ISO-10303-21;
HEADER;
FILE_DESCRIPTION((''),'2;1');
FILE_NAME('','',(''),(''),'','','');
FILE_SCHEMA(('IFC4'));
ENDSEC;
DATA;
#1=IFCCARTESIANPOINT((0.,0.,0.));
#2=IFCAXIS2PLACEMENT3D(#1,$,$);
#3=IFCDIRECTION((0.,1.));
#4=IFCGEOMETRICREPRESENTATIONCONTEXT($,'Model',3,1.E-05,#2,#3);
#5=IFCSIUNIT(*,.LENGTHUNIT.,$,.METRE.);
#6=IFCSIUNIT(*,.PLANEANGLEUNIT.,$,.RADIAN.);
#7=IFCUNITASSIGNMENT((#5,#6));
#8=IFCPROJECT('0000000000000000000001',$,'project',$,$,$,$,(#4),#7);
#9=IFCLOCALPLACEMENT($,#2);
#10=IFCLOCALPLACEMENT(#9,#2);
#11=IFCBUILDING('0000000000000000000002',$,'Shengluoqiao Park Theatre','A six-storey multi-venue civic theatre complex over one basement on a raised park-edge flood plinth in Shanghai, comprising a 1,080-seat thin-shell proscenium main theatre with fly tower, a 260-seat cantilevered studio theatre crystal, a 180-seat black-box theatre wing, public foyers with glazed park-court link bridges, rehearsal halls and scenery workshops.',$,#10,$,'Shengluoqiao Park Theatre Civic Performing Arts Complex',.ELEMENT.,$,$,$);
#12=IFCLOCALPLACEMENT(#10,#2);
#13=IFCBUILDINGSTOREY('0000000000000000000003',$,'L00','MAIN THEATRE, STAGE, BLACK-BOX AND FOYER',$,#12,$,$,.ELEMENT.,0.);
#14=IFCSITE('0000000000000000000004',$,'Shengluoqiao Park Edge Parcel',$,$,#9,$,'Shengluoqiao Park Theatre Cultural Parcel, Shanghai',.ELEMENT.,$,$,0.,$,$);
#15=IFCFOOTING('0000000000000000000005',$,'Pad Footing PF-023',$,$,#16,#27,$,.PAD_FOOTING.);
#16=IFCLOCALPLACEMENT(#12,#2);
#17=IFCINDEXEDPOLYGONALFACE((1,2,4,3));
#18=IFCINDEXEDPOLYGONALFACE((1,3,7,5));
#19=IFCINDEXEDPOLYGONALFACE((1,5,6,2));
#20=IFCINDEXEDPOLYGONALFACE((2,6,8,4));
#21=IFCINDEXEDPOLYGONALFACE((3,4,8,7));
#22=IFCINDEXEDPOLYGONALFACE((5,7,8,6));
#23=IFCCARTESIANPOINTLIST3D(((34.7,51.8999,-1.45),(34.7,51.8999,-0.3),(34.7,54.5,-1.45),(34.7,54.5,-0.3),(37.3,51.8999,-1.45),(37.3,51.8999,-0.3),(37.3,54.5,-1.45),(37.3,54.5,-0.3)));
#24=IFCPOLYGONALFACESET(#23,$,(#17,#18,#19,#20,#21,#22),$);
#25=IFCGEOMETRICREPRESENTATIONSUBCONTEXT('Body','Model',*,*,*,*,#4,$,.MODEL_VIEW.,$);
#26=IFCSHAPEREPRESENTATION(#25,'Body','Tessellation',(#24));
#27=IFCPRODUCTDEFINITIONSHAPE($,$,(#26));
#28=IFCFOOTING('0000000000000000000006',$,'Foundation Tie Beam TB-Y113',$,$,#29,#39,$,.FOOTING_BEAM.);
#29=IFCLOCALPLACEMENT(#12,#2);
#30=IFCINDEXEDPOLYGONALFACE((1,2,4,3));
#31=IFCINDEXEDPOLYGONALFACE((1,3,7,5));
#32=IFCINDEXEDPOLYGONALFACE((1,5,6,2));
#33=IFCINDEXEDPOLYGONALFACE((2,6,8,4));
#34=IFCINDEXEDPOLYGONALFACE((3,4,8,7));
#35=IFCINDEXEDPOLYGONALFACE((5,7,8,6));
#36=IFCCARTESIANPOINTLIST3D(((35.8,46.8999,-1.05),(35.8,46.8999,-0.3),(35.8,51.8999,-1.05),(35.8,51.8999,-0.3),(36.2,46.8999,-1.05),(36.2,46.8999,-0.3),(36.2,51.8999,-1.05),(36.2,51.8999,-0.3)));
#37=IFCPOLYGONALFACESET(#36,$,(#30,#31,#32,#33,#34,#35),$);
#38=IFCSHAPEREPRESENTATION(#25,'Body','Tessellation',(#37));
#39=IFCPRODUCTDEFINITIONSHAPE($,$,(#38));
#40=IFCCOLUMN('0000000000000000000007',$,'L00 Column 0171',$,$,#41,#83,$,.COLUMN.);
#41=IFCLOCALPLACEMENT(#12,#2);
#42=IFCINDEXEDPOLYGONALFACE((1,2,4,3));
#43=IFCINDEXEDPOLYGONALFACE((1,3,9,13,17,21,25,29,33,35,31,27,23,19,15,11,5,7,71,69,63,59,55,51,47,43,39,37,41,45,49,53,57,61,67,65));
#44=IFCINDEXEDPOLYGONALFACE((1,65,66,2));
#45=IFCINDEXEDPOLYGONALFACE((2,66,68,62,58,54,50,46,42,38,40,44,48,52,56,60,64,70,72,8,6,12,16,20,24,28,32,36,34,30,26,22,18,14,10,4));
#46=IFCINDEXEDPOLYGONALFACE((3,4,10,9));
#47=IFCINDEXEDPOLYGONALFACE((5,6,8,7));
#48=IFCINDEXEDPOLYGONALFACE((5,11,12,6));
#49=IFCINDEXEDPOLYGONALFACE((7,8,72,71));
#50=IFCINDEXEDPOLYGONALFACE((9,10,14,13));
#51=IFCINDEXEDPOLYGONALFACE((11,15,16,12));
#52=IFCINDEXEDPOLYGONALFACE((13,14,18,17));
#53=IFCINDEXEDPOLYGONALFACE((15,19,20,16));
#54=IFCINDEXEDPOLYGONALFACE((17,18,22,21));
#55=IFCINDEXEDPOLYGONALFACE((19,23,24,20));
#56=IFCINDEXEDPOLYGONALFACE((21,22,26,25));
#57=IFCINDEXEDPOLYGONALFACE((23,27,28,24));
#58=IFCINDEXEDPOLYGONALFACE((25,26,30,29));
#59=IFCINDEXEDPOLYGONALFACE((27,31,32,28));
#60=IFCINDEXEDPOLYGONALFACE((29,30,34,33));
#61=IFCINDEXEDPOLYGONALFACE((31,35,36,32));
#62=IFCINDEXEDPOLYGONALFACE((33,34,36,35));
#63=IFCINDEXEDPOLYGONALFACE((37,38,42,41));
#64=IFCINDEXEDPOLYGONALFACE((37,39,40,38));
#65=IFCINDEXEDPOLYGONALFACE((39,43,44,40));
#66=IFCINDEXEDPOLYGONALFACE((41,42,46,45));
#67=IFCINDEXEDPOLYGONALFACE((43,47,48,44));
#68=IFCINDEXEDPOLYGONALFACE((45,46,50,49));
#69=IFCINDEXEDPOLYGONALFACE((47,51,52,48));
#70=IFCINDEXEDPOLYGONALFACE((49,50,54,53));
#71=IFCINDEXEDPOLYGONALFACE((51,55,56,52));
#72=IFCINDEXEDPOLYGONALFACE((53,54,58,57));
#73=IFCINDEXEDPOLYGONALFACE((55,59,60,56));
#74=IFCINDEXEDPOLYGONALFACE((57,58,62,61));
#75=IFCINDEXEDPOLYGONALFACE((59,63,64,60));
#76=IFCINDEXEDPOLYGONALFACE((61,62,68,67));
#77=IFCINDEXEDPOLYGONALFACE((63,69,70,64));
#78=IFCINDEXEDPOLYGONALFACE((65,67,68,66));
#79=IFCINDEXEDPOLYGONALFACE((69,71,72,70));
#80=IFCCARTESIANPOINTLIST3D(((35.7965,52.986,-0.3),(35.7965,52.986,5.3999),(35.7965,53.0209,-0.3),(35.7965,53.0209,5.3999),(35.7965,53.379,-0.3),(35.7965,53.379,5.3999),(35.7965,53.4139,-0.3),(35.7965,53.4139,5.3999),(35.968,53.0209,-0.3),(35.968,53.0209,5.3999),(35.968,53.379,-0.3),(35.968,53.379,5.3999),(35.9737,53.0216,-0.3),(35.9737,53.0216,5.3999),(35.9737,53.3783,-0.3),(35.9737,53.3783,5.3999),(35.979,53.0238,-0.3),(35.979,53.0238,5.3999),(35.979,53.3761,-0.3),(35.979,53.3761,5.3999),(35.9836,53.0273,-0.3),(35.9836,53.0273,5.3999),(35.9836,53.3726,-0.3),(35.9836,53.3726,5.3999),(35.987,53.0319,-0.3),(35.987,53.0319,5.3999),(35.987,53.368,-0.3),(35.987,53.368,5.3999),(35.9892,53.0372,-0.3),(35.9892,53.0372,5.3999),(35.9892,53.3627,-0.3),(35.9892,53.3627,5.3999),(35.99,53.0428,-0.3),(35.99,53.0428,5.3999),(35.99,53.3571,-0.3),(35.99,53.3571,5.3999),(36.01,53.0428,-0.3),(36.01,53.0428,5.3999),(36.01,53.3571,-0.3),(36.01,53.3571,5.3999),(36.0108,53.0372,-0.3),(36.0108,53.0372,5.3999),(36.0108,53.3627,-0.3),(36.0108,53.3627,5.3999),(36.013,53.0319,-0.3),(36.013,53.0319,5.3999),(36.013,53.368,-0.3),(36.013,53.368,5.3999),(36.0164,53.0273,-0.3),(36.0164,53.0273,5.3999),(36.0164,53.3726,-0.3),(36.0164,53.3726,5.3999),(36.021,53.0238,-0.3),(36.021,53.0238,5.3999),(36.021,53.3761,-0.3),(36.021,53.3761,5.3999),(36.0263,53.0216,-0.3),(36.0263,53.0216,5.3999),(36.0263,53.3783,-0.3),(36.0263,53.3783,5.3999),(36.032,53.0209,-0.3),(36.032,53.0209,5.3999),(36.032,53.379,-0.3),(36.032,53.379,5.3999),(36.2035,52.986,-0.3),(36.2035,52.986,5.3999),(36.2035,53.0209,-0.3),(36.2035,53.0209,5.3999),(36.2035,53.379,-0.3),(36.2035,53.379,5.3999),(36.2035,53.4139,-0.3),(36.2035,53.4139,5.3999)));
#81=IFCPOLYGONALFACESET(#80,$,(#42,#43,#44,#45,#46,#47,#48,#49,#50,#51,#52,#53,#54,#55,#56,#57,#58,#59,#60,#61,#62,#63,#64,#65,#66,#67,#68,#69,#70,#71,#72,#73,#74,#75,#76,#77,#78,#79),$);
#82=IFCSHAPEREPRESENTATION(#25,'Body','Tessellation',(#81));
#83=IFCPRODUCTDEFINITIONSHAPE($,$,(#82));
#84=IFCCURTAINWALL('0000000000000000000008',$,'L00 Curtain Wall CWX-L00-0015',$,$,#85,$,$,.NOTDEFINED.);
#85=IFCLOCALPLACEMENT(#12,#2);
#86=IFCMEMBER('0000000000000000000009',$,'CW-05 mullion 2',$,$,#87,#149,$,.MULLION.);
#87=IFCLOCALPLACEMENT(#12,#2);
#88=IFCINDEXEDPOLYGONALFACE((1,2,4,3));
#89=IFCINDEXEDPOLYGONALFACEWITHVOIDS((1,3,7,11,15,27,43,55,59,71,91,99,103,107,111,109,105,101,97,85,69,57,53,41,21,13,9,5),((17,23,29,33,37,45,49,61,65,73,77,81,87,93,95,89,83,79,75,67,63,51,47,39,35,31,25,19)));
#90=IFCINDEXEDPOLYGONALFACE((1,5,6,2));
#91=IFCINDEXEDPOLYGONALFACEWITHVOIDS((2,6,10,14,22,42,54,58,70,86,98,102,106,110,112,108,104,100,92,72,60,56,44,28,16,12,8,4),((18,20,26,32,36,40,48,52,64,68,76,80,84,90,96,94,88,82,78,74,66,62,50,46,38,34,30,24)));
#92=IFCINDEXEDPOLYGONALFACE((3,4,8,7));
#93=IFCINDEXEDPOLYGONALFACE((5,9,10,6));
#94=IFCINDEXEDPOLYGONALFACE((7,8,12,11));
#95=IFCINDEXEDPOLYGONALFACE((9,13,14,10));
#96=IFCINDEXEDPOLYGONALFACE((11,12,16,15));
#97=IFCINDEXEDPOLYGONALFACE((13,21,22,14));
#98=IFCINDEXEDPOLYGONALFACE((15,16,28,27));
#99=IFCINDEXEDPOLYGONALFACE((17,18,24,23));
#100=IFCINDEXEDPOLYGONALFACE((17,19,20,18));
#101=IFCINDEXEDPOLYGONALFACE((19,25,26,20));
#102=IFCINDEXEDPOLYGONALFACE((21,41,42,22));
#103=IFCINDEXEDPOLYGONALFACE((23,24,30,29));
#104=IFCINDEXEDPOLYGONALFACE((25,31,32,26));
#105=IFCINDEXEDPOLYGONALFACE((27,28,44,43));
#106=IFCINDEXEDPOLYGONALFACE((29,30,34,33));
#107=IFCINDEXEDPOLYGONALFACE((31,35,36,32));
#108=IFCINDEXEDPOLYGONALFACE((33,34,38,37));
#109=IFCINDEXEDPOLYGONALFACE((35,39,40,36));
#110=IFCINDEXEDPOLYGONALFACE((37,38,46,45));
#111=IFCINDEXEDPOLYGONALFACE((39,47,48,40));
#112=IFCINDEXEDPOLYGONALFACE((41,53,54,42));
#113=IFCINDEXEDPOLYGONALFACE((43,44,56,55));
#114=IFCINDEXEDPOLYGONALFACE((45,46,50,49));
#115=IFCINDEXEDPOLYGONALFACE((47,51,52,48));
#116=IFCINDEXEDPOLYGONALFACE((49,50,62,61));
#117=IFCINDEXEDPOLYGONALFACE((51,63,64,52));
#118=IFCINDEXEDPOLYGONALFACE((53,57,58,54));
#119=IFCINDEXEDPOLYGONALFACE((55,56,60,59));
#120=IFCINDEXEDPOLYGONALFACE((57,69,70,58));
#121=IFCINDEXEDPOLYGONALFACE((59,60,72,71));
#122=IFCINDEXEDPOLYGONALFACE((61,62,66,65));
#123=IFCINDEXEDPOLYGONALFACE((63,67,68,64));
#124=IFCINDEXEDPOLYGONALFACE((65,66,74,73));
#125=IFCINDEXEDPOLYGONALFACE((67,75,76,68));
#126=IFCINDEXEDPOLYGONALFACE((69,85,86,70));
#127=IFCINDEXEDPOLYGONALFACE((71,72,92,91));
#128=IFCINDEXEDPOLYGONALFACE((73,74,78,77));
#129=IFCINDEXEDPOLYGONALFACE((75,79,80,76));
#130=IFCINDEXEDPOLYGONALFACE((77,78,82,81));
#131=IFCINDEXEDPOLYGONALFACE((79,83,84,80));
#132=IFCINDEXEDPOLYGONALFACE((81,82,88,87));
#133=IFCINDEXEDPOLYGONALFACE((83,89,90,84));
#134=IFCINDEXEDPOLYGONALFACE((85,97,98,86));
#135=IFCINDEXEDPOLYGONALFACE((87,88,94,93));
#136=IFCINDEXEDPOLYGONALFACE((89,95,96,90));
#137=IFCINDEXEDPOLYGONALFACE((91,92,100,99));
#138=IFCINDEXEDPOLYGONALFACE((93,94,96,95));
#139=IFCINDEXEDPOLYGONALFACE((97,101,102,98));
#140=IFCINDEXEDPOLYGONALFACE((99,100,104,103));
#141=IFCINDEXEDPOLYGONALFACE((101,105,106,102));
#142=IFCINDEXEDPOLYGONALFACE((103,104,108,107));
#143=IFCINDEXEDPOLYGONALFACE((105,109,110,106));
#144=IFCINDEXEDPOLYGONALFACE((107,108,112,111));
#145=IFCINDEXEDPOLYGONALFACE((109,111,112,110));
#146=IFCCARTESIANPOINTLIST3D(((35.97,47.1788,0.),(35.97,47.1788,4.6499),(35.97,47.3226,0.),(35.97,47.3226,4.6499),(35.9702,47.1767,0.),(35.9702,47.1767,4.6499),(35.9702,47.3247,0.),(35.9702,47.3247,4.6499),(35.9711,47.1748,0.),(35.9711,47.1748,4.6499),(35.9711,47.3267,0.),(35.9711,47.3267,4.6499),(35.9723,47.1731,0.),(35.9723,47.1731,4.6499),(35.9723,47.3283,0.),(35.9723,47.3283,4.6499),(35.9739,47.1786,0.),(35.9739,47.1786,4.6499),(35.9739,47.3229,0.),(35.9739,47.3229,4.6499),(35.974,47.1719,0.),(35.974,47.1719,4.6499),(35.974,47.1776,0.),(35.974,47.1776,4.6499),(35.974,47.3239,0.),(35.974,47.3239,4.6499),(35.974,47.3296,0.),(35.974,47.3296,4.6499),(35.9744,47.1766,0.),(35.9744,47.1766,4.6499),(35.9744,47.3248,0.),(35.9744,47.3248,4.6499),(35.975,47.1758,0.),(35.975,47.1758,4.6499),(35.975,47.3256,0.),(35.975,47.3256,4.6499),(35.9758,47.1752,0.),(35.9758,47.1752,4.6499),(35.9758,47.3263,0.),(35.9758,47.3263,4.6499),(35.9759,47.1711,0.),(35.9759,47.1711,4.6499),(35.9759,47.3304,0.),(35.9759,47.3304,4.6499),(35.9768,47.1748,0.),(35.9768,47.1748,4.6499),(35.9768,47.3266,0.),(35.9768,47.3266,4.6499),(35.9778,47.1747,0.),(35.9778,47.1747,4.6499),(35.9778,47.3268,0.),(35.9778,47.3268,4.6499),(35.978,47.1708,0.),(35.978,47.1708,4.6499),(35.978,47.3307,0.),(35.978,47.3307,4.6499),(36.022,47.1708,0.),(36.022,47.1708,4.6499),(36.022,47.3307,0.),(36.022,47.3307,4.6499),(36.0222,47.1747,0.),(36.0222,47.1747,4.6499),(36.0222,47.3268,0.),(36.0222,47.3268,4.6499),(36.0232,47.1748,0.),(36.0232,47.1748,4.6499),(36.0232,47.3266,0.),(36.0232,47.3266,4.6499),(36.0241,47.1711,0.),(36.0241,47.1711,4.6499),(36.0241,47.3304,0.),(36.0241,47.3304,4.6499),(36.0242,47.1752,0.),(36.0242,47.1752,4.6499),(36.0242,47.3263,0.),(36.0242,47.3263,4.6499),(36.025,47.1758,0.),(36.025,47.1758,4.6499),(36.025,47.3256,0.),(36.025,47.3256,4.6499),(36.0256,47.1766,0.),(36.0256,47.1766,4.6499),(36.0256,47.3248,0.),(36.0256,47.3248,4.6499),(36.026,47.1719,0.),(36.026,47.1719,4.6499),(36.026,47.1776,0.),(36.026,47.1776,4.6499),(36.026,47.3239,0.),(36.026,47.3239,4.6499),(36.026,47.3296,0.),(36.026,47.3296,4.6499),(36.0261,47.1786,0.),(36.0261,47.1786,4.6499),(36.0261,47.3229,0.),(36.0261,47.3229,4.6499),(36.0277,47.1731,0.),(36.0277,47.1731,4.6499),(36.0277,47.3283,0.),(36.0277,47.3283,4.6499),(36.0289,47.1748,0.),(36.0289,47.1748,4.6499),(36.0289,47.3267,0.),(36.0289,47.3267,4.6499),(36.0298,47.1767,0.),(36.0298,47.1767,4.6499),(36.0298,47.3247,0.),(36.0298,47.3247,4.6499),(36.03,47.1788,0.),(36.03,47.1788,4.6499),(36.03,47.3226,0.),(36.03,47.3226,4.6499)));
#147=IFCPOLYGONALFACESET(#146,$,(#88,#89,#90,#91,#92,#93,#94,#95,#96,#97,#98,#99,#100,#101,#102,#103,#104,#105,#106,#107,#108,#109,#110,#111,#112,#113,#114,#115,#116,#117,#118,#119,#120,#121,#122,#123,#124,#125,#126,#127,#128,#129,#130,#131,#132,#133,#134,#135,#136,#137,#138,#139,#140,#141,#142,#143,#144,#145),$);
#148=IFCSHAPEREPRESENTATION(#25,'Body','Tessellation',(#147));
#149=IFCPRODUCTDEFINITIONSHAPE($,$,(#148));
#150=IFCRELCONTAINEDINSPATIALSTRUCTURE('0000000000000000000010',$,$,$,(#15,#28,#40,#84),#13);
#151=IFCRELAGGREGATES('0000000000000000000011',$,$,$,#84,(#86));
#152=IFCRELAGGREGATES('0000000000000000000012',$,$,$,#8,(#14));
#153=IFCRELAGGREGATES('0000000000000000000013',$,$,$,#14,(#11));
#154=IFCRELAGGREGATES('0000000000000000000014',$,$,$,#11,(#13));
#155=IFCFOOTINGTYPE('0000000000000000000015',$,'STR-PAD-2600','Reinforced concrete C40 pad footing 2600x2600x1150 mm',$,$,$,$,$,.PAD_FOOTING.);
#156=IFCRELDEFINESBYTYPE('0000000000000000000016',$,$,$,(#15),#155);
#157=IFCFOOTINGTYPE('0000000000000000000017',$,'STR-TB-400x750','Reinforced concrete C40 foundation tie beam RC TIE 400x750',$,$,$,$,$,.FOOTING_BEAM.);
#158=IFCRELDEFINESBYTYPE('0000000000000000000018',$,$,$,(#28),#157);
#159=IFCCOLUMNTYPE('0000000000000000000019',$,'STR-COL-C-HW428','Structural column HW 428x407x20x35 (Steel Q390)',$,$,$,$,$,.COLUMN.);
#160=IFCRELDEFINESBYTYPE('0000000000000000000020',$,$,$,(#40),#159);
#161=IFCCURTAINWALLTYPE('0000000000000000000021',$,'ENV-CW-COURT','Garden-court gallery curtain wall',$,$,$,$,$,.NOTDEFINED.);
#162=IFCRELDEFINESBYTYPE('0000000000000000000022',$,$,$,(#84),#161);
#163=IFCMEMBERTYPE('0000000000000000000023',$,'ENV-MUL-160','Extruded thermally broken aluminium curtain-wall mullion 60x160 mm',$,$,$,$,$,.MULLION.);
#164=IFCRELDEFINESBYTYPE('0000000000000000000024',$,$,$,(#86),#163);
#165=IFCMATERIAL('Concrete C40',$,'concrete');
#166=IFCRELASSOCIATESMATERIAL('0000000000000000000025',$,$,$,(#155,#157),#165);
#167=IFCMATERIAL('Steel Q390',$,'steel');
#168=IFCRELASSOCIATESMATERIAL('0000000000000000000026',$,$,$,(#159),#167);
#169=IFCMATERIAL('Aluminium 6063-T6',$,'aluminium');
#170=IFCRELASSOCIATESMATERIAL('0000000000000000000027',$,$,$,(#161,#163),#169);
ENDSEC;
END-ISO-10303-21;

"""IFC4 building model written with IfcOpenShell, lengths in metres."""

from ifc_helpers import new_model, si_unit, direction, frame, origin, origin_2d, place, context, subcontext, project, spatial, rectangle, hollow_rectangle, i_section, extrude, material, material_profile, profile_set, type_object, element, aggregate, save


model = new_model("IFC4")

# Units and contexts
model_context = context("Model", 3, precision=1e-05, world=origin(), true_north=direction((0.0, 1.0)))
body_context = subcontext(model_context, "Body", "Model", "MODEL_VIEW")
ifc_project = project(units=[si_unit("LENGTHUNIT", "METRE"), si_unit("PLANEANGLEUNIT", "RADIAN")], contexts=[model_context])

# Site, building, storey
site_placement = place(None, origin())
site = spatial("IfcSite", under=ifc_project, at=site_placement, Name="Shengluoqiao Park Edge Parcel", LongName="Shengluoqiao Park Theatre Cultural Parcel, Shanghai", CompositionType="ELEMENT", RefElevation=0.0)
building_placement = place(site_placement, origin())
building = spatial("IfcBuilding", under=site, at=building_placement, Name="Shengluoqiao Park Theatre", Description="A six-storey multi-venue civic theatre complex over one basement on a raised park-edge flood plinth in Shanghai, comprising a 1,080-seat thin-shell proscenium main theatre with fly tower, a 260-seat cantilevered studio theatre crystal, a 180-seat black-box theatre wing, public foyers with glazed park-court link bridges, rehearsal halls and scenery workshops.", LongName="Shengluoqiao Park Theatre Civic Performing Arts Complex", CompositionType="ELEMENT")
storey_placement = place(building_placement, origin())
storey = spatial("IfcBuildingStorey", under=building, at=storey_placement, Name="L00", Description="MAIN THEATRE, STAGE, BLACK-BOX AND FOYER", CompositionType="ELEMENT", Elevation=0.0)

# Footings
ifc_material_1 = material(Name="Concrete C40", Category="concrete")
footing_type_1 = type_object("IfcFootingType", Name="STR-PAD-2600", Description="Reinforced concrete C40 pad footing 2600x2600x1150 mm", PredefinedType="PAD_FOOTING", material=ifc_material_1)
footing_1_placement = place(storey_placement, frame((36.0, 53.2, -1.45), z_axis=(0.0, 0.0, 1.0), x_axis=(1.0, 0.0, 0.0)))
element("IfcFooting", 1, at=footing_1_placement, inside=storey, type_object=footing_type_1, Name="Pad Footing PF-023", PredefinedType="PAD_FOOTING", context=body_context, shape_type="SweptSolid", body=[
    extrude(rectangle(XDim=2.6001, YDim=2.6001, at=origin_2d()), origin(), (0.0, 0.0, 1.0), 1.1499),
])
ifc_material_profile_1 = material_profile(ifc_material_1, rectangle(XDim=0.3999, YDim=0.75, at=origin_2d()), Name="RC TIE 400x750")
ifc_profile_set_1 = profile_set([ifc_material_profile_1], Name="Concrete C40")
footing_type_2 = type_object("IfcFootingType", Name="STR-TB-400x750", Description="Reinforced concrete C40 foundation tie beam RC TIE 400x750", PredefinedType="FOOTING_BEAM", material=ifc_profile_set_1)
footing_2_placement = place(storey_placement, frame((36.0, 46.8999, -0.675), z_axis=(0.0, 1.0, 0.0), x_axis=(-1.0, 0.0, 0.0)))
element("IfcFooting", 2, at=footing_2_placement, inside=storey, type_object=footing_type_2, Name="Foundation Tie Beam TB-Y113", PredefinedType="FOOTING_BEAM", context=body_context, shape_type="SweptSolid", body=[
    extrude(rectangle(XDim=0.3999, YDim=0.75, at=origin_2d()), origin(), (0.0, 0.0, 1.0), 5.0),
])

# Column
ifc_material_2 = material(Name="Steel Q390", Category="steel")
ifc_material_profile_2 = material_profile(ifc_material_2, i_section(OverallWidth=0.407, OverallDepth=0.428, WebThickness=0.02, FlangeThickness=0.0349, FilletRadius=0.022, at=origin_2d()), Name="HW 428x407x20x35")
ifc_profile_set_2 = profile_set([ifc_material_profile_2], Name="Steel Q390")
column_type = type_object("IfcColumnType", Name="STR-COL-C-HW428", Description="Structural column HW 428x407x20x35 (Steel Q390)", PredefinedType="COLUMN", material=ifc_profile_set_2)
column_placement = place(storey_placement, frame((36.0, 53.2, -0.3), z_axis=(0.0, 0.0, 1.0), x_axis=(1.0, 0.0, 0.0)))
element("IfcColumn", 3, at=column_placement, inside=storey, type_object=column_type, Name="L00 Column 0171", PredefinedType="COLUMN", context=body_context, shape_type="SweptSolid", body=[
    extrude(i_section(OverallWidth=0.407, OverallDepth=0.428, WebThickness=0.02, FlangeThickness=0.0349, FilletRadius=0.022, at=origin_2d()), origin(), (0.0, 0.0, 1.0), 5.7),
])

# Curtain wall, member
ifc_material_3 = material(Name="Aluminium 6063-T6", Category="aluminium")
curtain_wall_type_1 = type_object("IfcCurtainWallType", Name="ENV-CW-COURT", Description="Garden-court gallery curtain wall", PredefinedType="NOTDEFINED", material=ifc_material_3)
curtain_wall_1_placement = place(storey_placement, origin())
curtain_wall_1 = element("IfcCurtainWall", 4, at=curtain_wall_1_placement, inside=storey, type_object=curtain_wall_type_1, Name="L00 Curtain Wall CWX-L00-0015", PredefinedType="NOTDEFINED")
ifc_material_profile_3 = material_profile(ifc_material_3, hollow_rectangle(XDim=0.0601, YDim=0.1599, WallThickness=0.0039, InnerFilletRadius=0.0039, OuterFilletRadius=0.0081, at=origin_2d()), Name="ALU MULLION 160x60x4")
ifc_profile_set_3 = profile_set([ifc_material_profile_3], Name="Aluminium 6063-T6")
member_type_1 = type_object("IfcMemberType", Name="ENV-MUL-160", Description="Extruded thermally broken aluminium curtain-wall mullion 60x160 mm", PredefinedType="MULLION", material=ifc_profile_set_3)
member_1_placement = place(storey_placement, frame((36.0, 47.2507, 0.0), z_axis=(0.0, 0.0, 1.0), x_axis=(-1.0, 0.0, 0.0)))
member_1 = element("IfcMember", 5, at=member_1_placement, type_object=member_type_1, Name="CW-05 mullion 2", PredefinedType="MULLION", context=body_context, shape_type="SweptSolid", body=[
    extrude(hollow_rectangle(XDim=0.0601, YDim=0.1599, WallThickness=0.0039, InnerFilletRadius=0.0039, OuterFilletRadius=0.0081, at=origin_2d()), origin(), (0.0, 0.0, 1.0), 4.6499),
])

aggregate(curtain_wall_1, [member_1])

save(model, "model.ifc")
